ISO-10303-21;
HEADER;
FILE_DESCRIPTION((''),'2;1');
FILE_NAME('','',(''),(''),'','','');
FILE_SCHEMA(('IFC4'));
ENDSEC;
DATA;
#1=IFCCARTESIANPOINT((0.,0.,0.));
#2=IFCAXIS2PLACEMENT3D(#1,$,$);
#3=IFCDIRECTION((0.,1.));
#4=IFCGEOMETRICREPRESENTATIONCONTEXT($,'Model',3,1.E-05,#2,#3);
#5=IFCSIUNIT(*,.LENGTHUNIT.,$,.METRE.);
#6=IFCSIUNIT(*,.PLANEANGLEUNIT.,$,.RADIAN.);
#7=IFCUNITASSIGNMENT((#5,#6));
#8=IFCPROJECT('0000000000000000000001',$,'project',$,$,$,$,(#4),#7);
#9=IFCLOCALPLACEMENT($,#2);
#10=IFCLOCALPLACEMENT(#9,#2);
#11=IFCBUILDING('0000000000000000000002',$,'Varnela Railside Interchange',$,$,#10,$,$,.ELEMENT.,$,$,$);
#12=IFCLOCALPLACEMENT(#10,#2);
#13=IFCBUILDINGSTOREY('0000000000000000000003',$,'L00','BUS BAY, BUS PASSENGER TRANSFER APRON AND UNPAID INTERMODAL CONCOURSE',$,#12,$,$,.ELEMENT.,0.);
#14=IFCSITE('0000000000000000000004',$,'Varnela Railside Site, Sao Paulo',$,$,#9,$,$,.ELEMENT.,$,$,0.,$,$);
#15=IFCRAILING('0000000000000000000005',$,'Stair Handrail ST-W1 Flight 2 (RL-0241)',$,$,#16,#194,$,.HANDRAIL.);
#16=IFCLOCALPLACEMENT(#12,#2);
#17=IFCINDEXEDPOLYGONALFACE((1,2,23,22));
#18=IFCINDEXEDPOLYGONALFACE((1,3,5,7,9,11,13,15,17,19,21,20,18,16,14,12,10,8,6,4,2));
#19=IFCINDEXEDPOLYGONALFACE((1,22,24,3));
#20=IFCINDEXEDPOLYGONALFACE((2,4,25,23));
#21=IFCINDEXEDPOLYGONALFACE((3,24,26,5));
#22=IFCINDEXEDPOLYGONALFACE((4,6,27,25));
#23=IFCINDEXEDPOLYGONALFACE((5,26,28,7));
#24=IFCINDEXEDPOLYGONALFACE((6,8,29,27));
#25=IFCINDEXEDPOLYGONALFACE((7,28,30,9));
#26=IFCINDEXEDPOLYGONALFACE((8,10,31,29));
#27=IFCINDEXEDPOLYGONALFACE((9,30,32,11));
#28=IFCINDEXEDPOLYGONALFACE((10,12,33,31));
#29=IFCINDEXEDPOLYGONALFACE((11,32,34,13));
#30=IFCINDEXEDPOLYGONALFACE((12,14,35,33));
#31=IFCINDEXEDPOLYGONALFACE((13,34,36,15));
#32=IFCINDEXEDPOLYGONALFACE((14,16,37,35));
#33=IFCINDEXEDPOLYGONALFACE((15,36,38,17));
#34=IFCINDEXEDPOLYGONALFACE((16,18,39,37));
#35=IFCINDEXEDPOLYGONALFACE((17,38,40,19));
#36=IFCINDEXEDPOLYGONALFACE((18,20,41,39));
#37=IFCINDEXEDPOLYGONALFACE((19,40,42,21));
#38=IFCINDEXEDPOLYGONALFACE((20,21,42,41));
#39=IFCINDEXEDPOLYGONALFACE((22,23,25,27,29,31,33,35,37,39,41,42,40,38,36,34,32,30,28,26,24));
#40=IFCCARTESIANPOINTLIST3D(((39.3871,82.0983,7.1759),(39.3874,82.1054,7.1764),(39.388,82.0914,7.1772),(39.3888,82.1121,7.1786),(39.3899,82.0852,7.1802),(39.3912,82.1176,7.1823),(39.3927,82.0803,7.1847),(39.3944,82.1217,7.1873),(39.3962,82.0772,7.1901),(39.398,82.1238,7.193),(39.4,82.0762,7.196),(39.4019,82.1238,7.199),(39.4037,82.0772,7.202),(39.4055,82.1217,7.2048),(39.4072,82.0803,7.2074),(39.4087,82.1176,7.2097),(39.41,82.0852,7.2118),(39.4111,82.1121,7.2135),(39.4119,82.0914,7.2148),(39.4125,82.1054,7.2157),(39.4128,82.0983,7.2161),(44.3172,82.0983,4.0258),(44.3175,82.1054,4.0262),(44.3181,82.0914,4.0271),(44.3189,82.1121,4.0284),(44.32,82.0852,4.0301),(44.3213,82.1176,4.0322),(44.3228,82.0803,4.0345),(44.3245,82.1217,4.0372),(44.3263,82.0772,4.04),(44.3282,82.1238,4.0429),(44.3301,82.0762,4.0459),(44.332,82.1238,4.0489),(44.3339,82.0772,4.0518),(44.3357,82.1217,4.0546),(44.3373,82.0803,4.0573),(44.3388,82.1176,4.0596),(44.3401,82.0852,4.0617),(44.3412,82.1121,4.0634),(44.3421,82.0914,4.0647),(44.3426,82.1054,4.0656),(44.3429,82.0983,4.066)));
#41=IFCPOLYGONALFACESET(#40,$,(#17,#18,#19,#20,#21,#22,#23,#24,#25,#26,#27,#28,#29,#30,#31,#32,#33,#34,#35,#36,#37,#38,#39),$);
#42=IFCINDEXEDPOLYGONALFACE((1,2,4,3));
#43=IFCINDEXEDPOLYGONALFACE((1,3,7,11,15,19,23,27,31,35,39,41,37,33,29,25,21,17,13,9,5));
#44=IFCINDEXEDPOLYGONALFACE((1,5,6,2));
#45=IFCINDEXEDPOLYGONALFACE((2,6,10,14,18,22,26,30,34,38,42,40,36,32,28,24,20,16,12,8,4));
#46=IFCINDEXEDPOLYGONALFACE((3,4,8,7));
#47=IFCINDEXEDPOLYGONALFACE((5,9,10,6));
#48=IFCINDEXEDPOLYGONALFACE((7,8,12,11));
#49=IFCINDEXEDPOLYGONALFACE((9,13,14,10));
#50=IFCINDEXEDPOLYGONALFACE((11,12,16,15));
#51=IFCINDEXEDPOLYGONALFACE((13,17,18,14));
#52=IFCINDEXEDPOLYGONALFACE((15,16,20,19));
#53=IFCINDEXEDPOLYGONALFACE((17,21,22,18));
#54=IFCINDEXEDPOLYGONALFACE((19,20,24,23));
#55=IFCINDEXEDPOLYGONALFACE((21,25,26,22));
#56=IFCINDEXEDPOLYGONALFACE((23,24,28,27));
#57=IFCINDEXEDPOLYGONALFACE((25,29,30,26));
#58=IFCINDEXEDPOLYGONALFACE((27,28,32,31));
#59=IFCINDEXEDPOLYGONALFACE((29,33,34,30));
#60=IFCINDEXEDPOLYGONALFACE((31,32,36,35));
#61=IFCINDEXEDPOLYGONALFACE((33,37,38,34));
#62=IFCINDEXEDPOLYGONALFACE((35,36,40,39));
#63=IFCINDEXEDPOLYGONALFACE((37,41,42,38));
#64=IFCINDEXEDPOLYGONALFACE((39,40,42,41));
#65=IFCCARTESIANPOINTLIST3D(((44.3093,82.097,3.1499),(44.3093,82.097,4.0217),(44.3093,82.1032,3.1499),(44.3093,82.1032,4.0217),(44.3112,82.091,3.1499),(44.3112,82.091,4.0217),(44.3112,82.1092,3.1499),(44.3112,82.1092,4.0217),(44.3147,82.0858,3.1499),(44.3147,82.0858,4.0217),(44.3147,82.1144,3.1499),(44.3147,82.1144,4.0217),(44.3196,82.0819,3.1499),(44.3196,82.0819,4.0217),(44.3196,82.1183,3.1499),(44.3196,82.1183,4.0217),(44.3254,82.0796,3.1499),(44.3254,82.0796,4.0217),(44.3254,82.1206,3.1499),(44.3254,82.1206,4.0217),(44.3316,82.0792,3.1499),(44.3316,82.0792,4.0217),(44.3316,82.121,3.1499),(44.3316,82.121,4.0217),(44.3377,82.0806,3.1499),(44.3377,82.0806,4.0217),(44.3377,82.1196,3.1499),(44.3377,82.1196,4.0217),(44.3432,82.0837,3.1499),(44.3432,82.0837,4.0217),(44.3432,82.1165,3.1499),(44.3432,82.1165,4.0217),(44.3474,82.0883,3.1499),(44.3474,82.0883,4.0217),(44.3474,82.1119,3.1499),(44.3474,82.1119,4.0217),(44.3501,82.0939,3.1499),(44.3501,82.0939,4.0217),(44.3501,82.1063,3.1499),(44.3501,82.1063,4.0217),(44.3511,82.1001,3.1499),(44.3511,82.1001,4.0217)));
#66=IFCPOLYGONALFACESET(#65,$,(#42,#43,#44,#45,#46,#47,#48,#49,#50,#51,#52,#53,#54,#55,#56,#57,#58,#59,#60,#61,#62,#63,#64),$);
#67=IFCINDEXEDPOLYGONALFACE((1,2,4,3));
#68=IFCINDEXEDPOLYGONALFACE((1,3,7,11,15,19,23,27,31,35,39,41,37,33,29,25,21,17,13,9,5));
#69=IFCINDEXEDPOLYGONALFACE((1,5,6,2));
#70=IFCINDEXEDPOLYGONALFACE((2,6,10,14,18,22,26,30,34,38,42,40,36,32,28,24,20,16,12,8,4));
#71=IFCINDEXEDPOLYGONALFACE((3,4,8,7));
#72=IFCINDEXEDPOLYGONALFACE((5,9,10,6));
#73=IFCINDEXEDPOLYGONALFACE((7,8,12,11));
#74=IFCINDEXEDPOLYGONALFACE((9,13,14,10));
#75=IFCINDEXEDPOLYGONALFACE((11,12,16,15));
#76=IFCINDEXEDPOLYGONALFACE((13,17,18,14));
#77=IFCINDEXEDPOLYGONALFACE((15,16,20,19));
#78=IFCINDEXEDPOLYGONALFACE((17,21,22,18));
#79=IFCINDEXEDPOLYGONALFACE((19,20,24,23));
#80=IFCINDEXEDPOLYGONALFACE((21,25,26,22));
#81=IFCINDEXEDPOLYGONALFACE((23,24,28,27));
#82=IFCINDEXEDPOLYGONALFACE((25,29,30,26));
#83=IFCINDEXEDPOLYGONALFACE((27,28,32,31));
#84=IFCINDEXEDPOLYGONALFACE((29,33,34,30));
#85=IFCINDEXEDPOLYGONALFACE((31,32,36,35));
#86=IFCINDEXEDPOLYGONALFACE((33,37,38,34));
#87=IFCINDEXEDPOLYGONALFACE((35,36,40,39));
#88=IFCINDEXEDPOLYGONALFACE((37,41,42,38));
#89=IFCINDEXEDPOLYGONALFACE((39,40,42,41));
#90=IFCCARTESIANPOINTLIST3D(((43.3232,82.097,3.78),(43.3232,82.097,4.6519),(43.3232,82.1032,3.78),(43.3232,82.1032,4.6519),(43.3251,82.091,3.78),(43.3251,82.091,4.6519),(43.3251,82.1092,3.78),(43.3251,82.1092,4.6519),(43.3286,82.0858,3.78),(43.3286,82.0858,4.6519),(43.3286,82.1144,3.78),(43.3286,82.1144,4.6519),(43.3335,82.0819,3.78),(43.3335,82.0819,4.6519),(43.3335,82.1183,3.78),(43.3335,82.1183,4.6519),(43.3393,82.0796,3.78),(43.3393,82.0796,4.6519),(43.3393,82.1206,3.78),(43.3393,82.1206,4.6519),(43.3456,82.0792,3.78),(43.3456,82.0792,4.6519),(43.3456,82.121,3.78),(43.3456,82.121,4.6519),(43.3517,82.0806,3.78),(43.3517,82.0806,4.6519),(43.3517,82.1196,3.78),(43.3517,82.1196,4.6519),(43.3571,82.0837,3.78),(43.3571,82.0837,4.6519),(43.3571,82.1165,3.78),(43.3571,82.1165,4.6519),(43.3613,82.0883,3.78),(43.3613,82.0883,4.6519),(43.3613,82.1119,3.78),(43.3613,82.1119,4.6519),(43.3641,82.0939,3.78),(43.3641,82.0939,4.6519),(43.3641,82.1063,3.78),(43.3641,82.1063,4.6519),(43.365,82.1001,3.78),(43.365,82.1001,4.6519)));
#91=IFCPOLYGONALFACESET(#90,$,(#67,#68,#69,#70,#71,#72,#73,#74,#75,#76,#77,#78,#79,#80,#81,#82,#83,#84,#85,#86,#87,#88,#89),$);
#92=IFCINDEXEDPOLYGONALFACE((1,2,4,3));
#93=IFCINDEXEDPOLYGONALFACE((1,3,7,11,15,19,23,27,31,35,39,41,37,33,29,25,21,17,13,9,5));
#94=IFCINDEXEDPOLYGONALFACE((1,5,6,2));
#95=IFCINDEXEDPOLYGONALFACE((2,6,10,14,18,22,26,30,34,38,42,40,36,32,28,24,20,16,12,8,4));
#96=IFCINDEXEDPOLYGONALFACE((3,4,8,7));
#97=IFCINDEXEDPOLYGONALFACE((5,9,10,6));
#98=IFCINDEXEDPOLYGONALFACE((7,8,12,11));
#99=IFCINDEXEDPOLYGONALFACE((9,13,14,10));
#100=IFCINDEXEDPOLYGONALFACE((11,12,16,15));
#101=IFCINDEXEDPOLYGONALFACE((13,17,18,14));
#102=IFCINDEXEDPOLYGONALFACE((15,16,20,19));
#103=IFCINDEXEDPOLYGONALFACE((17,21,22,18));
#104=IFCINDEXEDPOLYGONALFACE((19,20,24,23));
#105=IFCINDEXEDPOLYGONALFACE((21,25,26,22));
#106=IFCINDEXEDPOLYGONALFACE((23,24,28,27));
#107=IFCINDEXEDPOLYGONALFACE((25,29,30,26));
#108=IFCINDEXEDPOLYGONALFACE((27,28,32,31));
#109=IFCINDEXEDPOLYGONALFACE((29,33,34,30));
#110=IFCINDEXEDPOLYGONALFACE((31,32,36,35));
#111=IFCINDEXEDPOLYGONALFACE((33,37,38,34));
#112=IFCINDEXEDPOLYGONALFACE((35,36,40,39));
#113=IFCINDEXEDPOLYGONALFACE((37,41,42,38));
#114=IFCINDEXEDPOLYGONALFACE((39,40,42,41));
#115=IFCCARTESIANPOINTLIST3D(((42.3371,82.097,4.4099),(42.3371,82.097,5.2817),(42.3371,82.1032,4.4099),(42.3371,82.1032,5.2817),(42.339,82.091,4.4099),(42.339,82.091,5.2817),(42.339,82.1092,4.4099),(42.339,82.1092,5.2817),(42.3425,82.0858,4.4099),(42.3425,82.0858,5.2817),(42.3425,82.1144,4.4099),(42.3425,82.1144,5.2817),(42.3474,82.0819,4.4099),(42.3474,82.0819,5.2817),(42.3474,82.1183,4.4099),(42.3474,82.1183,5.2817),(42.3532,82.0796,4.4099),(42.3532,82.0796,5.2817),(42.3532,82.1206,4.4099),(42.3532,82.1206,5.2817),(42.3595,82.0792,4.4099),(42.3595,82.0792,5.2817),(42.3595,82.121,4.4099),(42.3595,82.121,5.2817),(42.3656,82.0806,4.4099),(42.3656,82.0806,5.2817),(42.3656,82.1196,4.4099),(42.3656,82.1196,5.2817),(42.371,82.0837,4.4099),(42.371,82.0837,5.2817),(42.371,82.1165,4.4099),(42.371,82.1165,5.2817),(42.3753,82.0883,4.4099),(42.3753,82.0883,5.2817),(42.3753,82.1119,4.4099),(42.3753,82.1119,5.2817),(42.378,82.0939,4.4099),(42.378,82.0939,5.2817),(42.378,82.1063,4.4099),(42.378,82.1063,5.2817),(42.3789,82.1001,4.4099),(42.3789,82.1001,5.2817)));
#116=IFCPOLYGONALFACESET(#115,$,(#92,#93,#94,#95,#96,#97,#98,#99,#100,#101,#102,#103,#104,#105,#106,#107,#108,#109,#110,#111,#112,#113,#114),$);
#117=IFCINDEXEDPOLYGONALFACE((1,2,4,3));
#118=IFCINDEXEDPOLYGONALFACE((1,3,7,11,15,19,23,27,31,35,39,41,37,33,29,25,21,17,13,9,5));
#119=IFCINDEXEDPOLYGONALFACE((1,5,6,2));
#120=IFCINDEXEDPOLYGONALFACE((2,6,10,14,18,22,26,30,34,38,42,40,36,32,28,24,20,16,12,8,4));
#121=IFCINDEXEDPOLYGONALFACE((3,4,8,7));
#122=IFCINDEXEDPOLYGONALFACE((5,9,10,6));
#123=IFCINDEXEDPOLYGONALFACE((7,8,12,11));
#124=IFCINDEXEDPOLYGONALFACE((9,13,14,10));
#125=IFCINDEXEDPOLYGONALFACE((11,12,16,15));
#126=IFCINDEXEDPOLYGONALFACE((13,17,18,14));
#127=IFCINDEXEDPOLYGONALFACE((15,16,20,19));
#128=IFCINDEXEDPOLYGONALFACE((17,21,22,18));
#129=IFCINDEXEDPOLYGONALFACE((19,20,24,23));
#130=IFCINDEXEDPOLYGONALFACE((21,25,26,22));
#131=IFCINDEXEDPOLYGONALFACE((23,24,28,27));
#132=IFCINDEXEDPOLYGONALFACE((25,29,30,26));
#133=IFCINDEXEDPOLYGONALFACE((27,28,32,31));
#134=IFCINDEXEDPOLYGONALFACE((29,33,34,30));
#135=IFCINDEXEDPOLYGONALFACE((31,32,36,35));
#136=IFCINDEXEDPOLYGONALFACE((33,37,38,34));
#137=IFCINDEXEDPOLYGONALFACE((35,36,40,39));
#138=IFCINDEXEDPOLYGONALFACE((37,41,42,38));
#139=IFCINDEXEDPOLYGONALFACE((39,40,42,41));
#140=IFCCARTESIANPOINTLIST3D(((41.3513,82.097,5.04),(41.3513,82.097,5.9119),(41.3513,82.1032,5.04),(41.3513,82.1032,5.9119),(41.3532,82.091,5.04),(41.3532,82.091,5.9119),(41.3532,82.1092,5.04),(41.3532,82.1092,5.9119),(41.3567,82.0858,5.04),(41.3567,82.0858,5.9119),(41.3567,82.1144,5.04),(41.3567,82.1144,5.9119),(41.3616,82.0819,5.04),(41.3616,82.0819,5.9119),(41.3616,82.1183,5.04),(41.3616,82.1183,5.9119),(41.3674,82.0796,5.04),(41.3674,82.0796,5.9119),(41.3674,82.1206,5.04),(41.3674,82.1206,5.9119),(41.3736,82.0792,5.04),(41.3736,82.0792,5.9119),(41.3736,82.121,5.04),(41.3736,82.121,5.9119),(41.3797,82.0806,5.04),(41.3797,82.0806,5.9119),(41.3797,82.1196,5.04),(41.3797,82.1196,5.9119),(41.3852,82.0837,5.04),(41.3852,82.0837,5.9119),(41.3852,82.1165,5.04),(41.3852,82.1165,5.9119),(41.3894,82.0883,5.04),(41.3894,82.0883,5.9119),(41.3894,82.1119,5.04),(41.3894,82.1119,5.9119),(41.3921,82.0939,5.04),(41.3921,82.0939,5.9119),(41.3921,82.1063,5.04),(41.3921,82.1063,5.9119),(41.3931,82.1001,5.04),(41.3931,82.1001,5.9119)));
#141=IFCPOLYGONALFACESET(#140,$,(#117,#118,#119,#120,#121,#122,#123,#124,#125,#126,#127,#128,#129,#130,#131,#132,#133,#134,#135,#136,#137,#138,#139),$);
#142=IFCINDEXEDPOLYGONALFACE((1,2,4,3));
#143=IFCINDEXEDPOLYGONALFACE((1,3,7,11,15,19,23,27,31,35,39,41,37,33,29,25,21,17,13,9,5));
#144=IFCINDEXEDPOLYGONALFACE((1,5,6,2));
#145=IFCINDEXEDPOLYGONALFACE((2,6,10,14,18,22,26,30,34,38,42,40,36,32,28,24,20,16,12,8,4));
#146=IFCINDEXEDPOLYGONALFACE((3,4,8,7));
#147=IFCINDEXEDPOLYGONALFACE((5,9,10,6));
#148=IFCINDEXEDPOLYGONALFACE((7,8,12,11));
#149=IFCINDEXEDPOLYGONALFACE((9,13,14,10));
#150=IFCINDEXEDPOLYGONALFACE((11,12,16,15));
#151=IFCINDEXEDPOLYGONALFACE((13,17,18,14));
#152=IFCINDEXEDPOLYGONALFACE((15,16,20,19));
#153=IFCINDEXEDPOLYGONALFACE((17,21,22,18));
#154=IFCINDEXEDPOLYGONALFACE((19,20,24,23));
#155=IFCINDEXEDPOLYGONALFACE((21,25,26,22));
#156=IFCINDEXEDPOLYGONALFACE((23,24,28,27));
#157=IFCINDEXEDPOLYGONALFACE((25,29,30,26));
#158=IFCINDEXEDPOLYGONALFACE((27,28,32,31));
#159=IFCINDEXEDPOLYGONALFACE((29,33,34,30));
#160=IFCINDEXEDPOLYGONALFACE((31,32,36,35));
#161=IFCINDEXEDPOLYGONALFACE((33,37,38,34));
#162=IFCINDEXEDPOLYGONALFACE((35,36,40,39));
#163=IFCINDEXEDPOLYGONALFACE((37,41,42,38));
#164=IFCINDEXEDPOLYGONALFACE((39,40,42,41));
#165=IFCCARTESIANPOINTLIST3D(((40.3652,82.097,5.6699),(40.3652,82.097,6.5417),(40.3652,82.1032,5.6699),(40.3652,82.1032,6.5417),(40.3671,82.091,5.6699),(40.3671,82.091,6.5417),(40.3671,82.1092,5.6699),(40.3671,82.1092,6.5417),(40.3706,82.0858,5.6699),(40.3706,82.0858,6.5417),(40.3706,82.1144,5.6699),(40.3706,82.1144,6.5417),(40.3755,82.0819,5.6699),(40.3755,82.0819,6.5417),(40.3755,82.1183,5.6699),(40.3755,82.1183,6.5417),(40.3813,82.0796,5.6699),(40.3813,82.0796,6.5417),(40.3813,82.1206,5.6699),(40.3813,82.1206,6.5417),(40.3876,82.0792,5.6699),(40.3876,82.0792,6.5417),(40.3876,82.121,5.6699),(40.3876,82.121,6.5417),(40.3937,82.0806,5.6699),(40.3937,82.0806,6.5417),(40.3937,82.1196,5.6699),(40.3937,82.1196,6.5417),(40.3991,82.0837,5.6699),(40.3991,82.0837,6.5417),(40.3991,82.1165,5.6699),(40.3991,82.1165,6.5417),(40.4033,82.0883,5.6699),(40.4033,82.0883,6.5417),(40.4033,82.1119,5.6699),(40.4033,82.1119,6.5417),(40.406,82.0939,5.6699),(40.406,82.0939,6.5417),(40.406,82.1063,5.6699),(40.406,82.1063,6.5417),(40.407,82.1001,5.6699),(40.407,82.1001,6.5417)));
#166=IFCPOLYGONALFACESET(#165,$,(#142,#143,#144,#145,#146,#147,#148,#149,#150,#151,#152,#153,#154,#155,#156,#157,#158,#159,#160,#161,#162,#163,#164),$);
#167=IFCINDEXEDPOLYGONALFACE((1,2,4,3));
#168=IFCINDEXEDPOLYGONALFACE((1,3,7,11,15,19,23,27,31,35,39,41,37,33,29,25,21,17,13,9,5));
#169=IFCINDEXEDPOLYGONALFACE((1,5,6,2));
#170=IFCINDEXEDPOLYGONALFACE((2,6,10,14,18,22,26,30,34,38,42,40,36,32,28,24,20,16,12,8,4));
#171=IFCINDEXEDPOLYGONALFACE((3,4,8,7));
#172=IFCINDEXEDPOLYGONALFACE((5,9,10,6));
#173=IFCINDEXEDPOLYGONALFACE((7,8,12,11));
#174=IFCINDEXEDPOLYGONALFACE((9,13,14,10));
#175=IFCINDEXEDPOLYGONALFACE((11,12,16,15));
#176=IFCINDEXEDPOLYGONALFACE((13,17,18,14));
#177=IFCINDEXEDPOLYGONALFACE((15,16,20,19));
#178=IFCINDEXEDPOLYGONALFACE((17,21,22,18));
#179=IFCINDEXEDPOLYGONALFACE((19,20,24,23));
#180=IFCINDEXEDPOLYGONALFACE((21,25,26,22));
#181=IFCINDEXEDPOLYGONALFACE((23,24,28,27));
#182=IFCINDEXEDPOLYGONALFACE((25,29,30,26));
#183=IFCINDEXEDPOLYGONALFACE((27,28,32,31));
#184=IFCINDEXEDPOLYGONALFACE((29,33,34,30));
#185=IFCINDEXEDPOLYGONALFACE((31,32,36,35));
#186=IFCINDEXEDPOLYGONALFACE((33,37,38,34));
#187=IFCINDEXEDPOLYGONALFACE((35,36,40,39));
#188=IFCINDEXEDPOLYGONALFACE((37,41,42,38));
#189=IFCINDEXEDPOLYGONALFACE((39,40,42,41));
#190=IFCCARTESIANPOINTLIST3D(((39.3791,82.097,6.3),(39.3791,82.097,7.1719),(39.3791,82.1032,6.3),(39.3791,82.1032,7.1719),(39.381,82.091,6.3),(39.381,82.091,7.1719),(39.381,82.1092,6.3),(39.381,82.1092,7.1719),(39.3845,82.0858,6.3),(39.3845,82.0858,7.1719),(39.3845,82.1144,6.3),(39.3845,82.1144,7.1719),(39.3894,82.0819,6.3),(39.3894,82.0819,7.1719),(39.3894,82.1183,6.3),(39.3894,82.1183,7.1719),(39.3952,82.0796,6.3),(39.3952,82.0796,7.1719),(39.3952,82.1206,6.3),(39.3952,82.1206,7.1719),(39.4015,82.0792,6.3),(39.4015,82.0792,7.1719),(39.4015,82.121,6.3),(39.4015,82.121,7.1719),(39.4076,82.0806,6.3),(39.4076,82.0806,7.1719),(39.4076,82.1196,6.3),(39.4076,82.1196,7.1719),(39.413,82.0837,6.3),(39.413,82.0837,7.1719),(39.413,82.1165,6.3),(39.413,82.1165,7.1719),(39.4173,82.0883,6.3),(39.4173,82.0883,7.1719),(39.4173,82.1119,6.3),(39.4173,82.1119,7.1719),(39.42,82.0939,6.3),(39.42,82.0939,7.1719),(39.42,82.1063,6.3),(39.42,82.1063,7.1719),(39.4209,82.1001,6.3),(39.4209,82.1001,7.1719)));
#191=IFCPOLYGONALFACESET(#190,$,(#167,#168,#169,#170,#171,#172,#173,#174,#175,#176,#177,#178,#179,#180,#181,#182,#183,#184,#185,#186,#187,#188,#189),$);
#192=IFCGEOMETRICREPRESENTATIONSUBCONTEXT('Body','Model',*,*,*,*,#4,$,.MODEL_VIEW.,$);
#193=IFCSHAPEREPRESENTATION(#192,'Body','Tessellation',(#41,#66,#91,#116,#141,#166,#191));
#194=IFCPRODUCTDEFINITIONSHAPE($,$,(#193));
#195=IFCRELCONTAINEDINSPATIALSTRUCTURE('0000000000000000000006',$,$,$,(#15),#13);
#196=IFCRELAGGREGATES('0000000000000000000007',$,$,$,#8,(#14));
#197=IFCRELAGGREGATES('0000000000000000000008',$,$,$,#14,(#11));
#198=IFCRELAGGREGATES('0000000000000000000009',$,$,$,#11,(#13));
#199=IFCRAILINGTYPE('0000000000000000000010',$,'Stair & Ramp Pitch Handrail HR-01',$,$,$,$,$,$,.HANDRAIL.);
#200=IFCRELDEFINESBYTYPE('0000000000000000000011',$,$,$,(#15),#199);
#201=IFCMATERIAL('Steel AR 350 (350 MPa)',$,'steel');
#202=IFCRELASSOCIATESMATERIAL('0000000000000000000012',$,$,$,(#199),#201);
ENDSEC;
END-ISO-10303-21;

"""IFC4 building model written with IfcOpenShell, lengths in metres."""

from ifc_helpers import new_model, si_unit, direction, frame, origin, origin_2d, place, context, subcontext, project, spatial, circle, extrude, material, type_object, element, save


model = new_model("IFC4")

# Units and contexts
model_context = context("Model", 3, precision=1e-05, world=origin(), true_north=direction((0.0, 1.0)))
body_context = subcontext(model_context, "Body", "Model", "MODEL_VIEW")
ifc_project = project(units=[si_unit("LENGTHUNIT", "METRE"), si_unit("PLANEANGLEUNIT", "RADIAN")], contexts=[model_context])

# Site, building, storey
site_placement = place(None, origin())
site = spatial("IfcSite", under=ifc_project, at=site_placement, Name="Varnela Railside Site, Sao Paulo", CompositionType="ELEMENT", RefElevation=0.0)
building_placement = place(site_placement, origin())
building = spatial("IfcBuilding", under=site, at=building_placement, Name="Varnela Railside Interchange", CompositionType="ELEMENT")
storey_placement = place(building_placement, origin())
storey = spatial("IfcBuildingStorey", under=building, at=storey_placement, Name="L00", Description="BUS BAY, BUS PASSENGER TRANSFER APRON AND UNPAID INTERMODAL CONCOURSE", CompositionType="ELEMENT", Elevation=0.0)

# Shared definitions
ifc_material_1 = material(Name="Steel AR 350 (350 MPa)", Category="steel")

# Railing
railing_type_1 = type_object("IfcRailingType", Name="Stair & Ramp Pitch Handrail HR-01", PredefinedType="HANDRAIL", material=ifc_material_1)
railing_1_placement = place(storey_placement, frame((44.3301, 82.1001, 3.1499)))
element("IfcRailing", 1, at=railing_1_placement, inside=storey, type_object=railing_type_1, Name="Stair Handrail ST-W1 Flight 2 (RL-0241)", PredefinedType="HANDRAIL", context=body_context, shape_type="SweptSolid", body=[
    extrude(circle(Radius=0.0239, at=origin_2d()), frame((0.0, 0.0, 0.896), z_axis=(-0.842672, 0.0, 0.538427), x_axis=(0.0, -1.0, 0.0)), (0.0, 0.0, 1.0), 5.8506),
    extrude(circle(Radius=0.021, at=origin_2d()), origin(), (0.0, 0.0, 1.0), 0.8718),
    extrude(circle(Radius=0.021, at=origin_2d()), frame((-0.9861, 0.0, 0.6301)), (0.0, 0.0, 1.0), 0.8718),
    extrude(circle(Radius=0.021, at=origin_2d()), frame((-1.9722, 0.0, 1.26)), (0.0, 0.0, 1.0), 0.8718),
    extrude(circle(Radius=0.021, at=origin_2d()), frame((-2.958, 0.0, 1.8901)), (0.0, 0.0, 1.0), 0.8718),
    extrude(circle(Radius=0.021, at=origin_2d()), frame((-3.9441, 0.0, 2.52)), (0.0, 0.0, 1.0), 0.8718),
    extrude(circle(Radius=0.021, at=origin_2d()), frame((-4.9302, 0.0, 3.1501)), (0.0, 0.0, 1.0), 0.8718),
])

save(model, "model.ifc")
